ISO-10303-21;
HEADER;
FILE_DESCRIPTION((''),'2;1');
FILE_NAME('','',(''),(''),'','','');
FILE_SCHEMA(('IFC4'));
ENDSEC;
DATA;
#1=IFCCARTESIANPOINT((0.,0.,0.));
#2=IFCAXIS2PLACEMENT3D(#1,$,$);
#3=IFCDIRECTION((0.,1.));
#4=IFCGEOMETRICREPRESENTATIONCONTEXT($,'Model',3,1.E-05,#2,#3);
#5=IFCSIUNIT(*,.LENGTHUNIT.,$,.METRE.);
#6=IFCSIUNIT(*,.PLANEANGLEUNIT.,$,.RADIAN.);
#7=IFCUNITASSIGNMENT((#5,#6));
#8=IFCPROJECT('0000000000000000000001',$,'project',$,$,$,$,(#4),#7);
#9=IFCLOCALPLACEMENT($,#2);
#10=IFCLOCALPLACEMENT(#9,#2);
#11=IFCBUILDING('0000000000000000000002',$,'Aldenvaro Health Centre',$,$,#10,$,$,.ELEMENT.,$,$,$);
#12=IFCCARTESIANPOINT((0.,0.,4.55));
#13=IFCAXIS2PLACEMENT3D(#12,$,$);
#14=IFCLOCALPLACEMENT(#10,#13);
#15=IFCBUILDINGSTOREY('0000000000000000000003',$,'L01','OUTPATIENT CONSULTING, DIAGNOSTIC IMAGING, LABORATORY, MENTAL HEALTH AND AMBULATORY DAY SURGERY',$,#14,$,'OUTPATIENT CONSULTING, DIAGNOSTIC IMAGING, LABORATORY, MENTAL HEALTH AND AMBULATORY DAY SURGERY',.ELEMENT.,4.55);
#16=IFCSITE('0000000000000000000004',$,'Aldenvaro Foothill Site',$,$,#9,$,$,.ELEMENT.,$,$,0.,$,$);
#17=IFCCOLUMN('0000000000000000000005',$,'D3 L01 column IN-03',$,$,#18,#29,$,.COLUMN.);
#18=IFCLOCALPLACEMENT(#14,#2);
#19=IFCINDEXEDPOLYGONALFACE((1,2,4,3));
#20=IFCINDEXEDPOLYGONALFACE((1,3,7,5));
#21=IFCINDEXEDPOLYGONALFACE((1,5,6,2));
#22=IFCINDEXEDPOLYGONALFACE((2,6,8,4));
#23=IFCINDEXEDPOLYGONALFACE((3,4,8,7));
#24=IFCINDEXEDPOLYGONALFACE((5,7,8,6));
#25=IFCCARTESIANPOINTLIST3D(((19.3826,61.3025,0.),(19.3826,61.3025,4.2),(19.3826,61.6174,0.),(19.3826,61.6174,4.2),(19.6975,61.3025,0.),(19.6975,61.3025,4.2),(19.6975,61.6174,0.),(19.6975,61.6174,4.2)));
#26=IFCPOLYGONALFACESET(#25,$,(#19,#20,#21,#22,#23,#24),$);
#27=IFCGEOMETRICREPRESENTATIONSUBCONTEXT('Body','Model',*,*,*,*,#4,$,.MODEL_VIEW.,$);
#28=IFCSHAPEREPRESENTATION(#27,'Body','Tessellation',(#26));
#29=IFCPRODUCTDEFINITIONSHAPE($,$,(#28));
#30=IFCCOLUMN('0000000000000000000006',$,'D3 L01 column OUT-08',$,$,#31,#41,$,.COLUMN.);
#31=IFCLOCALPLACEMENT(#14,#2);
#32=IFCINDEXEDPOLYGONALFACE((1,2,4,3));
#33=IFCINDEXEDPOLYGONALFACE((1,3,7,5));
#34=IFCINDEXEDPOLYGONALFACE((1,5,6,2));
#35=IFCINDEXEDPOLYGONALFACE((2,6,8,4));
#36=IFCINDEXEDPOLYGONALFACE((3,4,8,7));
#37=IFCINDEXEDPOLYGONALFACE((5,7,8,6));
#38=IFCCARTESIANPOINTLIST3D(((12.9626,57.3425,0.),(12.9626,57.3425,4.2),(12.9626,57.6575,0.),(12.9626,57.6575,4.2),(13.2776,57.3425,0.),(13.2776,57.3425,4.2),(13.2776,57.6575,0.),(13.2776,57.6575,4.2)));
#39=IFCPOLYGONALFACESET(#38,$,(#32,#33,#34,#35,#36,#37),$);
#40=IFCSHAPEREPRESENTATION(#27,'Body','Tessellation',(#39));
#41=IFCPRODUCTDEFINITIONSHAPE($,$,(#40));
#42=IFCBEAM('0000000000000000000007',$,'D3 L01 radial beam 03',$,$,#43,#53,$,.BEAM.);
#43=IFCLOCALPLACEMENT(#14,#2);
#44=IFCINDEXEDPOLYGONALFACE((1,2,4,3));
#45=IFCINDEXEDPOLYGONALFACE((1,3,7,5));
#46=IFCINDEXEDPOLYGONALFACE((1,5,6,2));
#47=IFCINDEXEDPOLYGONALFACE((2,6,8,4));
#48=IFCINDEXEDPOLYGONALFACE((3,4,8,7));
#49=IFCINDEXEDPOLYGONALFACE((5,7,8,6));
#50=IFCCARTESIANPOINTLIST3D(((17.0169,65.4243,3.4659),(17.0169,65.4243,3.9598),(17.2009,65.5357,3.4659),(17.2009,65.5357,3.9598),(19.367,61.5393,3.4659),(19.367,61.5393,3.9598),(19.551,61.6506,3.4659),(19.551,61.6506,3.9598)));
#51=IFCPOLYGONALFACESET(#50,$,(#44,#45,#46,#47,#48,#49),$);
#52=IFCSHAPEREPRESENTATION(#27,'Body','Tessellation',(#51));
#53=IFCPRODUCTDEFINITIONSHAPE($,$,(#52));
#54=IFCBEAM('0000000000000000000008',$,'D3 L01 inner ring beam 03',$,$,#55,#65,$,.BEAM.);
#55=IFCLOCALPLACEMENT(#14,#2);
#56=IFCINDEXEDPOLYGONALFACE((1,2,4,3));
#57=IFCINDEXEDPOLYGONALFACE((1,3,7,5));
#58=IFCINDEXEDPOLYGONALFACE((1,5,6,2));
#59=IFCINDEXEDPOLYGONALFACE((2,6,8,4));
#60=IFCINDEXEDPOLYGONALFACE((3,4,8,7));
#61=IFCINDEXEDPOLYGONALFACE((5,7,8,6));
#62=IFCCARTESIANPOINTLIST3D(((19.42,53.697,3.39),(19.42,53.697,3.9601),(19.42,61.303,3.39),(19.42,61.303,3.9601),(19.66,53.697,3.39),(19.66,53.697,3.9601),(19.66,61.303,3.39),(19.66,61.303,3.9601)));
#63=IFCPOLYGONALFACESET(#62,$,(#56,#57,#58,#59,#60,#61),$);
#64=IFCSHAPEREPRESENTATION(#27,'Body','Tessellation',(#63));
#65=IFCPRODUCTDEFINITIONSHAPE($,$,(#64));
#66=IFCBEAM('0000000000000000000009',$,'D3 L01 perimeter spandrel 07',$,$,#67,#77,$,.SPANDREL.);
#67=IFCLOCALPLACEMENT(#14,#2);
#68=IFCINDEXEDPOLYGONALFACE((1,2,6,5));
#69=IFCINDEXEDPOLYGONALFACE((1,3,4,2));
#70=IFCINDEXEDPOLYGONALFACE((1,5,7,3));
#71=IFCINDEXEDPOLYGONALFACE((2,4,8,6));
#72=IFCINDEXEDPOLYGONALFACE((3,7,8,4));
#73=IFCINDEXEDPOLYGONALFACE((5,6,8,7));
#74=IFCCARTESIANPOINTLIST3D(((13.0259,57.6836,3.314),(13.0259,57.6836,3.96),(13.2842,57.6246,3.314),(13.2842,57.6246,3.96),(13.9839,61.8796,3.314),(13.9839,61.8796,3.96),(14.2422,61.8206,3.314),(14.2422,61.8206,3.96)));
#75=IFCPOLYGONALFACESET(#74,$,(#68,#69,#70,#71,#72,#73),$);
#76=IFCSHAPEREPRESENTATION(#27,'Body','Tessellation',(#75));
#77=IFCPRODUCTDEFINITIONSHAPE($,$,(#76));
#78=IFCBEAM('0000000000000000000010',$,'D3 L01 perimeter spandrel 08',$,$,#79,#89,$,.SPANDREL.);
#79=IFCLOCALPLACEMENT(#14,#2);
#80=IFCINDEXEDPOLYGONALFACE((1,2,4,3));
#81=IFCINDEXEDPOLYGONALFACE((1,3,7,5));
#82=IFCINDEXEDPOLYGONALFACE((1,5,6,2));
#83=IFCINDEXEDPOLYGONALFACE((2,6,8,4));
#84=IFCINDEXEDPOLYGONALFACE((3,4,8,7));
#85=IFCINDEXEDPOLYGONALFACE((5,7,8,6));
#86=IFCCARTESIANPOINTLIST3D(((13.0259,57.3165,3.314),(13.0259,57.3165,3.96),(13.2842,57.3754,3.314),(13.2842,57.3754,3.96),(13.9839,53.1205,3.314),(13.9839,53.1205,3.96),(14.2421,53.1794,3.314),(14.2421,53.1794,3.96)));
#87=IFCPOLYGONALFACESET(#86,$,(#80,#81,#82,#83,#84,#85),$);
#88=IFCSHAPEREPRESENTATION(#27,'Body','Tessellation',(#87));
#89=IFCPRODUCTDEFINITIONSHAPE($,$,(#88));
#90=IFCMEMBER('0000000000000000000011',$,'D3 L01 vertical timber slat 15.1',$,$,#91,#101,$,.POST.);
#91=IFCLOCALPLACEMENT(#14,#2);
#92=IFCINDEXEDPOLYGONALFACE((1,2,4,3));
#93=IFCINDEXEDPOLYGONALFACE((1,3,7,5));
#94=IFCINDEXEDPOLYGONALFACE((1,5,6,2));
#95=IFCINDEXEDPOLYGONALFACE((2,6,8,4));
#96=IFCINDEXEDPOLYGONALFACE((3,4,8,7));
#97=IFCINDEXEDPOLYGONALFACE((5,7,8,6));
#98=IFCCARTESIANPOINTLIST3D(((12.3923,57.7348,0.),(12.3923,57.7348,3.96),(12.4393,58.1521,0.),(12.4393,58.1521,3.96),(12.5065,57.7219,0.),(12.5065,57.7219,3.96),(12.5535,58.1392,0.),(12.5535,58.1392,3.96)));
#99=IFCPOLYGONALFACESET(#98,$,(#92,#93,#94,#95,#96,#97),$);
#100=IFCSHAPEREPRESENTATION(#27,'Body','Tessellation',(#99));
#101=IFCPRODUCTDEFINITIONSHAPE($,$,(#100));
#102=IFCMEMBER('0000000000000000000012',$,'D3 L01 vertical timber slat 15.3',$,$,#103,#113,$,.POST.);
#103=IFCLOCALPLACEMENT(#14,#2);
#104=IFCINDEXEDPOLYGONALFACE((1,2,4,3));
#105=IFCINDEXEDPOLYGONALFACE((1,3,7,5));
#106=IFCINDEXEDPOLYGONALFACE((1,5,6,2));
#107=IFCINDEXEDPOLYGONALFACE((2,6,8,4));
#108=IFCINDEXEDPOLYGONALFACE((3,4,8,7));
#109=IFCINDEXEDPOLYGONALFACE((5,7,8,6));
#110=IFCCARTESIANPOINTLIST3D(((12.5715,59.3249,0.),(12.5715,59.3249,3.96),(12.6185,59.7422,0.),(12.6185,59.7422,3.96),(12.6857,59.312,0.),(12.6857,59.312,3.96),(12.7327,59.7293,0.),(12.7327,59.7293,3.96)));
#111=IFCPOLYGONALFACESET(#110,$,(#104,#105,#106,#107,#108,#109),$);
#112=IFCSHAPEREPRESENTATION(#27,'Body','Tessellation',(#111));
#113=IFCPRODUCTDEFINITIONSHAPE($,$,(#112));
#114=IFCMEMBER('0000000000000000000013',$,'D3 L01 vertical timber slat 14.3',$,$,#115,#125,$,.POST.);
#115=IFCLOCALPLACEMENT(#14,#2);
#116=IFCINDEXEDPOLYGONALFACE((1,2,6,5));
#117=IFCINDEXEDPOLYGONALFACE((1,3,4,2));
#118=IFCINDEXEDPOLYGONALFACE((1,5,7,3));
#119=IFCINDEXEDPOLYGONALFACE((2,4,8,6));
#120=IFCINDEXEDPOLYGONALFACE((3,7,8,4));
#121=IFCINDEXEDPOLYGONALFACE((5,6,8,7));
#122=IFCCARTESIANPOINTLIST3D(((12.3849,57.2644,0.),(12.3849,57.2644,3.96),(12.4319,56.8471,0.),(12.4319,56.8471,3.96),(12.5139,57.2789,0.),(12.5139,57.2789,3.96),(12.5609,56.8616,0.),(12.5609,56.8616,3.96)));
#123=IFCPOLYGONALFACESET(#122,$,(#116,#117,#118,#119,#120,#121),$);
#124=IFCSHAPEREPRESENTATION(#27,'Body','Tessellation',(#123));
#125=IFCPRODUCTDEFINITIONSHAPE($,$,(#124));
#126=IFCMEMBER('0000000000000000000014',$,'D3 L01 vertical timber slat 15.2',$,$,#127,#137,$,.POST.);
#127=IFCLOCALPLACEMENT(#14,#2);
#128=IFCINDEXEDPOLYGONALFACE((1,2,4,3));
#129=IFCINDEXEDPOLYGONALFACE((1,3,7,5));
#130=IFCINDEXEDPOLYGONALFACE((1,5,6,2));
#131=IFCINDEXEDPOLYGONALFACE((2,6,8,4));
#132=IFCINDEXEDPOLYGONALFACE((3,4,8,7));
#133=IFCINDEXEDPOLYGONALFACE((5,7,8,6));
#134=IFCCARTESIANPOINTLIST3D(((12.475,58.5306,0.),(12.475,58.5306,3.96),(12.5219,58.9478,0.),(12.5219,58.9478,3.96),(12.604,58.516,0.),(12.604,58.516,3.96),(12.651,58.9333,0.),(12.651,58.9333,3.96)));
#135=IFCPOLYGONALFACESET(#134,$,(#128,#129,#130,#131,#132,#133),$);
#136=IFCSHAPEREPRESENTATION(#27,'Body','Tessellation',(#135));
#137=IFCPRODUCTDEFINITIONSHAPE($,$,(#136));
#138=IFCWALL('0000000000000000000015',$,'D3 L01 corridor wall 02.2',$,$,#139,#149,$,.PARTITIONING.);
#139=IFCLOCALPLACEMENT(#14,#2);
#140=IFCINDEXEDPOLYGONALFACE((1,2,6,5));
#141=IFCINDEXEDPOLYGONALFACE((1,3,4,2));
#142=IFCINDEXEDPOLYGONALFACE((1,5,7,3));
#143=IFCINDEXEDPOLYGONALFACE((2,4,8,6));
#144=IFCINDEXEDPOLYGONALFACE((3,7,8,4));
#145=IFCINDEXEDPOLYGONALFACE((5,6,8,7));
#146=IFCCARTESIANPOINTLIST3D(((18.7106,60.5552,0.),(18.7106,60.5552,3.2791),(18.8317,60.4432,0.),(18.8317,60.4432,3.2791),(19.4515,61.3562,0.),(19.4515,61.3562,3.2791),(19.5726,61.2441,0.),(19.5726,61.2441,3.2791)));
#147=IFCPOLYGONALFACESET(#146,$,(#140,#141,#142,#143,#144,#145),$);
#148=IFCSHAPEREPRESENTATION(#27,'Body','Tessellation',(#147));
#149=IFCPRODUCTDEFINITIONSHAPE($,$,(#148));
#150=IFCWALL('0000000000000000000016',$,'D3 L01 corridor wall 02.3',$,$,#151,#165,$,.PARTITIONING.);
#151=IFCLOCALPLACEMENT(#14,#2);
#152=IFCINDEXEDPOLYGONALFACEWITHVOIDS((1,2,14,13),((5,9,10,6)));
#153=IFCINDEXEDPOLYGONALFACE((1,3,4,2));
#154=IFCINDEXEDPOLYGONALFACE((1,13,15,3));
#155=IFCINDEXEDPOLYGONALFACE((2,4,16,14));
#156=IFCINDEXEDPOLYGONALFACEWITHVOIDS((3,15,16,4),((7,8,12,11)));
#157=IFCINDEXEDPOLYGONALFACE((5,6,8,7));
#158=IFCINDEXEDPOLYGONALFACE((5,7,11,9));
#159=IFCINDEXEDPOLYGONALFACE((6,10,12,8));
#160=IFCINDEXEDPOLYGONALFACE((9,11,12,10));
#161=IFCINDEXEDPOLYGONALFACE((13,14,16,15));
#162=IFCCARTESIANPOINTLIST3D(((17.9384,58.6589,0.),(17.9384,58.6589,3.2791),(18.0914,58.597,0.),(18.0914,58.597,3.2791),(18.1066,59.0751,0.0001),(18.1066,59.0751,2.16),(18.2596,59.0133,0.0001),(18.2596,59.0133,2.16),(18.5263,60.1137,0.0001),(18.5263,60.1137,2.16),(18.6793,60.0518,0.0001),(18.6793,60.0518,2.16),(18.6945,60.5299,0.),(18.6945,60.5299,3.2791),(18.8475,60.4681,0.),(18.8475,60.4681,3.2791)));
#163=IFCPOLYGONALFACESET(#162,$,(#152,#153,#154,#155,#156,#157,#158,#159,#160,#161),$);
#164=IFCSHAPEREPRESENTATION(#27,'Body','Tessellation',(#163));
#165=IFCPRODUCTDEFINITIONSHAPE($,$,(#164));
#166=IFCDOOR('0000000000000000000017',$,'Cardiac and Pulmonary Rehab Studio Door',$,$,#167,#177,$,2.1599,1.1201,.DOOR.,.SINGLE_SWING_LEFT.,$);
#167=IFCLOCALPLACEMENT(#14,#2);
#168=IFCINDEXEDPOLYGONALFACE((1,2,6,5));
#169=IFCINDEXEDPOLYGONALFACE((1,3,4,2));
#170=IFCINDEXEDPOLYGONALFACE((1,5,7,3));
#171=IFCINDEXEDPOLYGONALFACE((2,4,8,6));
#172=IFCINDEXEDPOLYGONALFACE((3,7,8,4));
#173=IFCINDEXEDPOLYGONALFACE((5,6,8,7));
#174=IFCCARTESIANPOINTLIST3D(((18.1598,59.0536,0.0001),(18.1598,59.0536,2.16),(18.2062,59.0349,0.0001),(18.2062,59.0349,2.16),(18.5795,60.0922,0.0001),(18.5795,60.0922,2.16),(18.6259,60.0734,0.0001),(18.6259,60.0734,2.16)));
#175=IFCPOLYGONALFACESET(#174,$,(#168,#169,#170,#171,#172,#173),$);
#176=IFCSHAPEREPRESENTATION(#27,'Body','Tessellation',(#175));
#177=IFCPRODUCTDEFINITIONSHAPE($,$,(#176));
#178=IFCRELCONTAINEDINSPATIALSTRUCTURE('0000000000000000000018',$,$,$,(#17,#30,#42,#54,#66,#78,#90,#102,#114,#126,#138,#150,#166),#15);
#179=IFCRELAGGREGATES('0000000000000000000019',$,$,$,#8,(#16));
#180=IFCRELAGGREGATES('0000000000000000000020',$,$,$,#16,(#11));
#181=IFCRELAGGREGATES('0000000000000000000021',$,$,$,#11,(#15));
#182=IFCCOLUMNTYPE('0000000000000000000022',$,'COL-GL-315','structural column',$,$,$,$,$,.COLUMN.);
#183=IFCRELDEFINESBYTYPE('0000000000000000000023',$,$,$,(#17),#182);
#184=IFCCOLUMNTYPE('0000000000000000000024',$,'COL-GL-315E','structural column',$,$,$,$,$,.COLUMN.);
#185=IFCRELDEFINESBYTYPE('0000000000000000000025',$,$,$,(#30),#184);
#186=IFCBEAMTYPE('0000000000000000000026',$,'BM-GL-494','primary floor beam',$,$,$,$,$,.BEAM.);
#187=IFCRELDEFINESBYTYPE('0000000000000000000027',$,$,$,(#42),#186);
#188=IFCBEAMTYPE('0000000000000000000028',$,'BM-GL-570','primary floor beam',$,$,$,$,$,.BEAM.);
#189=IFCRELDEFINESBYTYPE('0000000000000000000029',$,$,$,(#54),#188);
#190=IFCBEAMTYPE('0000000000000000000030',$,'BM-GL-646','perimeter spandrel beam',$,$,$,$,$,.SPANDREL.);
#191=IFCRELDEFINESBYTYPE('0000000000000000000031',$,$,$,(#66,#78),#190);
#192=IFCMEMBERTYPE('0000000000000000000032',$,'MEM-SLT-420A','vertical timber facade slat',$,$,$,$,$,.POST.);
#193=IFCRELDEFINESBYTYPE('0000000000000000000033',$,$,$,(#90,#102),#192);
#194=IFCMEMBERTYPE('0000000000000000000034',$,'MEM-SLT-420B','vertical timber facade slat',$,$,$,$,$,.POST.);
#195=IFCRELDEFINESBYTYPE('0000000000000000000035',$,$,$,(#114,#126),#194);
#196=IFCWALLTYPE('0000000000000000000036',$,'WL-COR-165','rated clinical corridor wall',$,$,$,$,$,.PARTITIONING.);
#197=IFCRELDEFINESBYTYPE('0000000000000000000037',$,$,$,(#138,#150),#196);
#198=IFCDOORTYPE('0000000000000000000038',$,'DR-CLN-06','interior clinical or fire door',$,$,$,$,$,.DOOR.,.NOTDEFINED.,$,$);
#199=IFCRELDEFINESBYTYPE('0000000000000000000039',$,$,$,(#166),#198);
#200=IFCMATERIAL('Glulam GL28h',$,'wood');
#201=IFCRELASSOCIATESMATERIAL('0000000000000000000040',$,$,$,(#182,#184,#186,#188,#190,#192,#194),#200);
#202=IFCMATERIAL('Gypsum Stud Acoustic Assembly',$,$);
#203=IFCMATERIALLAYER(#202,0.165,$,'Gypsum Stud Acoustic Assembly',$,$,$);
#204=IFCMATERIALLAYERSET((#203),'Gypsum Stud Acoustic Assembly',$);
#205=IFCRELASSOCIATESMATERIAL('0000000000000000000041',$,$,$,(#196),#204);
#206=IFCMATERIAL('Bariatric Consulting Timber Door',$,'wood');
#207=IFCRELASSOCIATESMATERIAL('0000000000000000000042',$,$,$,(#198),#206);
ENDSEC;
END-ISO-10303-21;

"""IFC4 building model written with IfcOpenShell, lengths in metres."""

from ifc_helpers import new_model, si_unit, direction, frame, frame_2d, origin, origin_2d, place, context, subcontext, project, spatial, rectangle, extrude, material, layer, layer_set, material_profile, profile_set, type_object, element, fill, save


model = new_model("IFC4")

# Units and contexts
model_context = context("Model", 3, precision=1e-05, world=origin(), true_north=direction((0.0, 1.0)))
body_context = subcontext(model_context, "Body", "Model", "MODEL_VIEW")
ifc_project = project(units=[si_unit("LENGTHUNIT", "METRE"), si_unit("PLANEANGLEUNIT", "RADIAN")], contexts=[model_context])

# Site, building, storey
site_placement = place(None, origin())
site = spatial("IfcSite", under=ifc_project, at=site_placement, Name="Aldenvaro Foothill Site", CompositionType="ELEMENT", RefElevation=0.0)
building_placement = place(site_placement, origin())
building = spatial("IfcBuilding", under=site, at=building_placement, Name="Aldenvaro Health Centre", CompositionType="ELEMENT")
storey_placement = place(building_placement, frame((0.0, 0.0, 4.55)))
storey = spatial("IfcBuildingStorey", under=building, at=storey_placement, Name="L01", Description="OUTPATIENT CONSULTING, DIAGNOSTIC IMAGING, LABORATORY, MENTAL HEALTH AND AMBULATORY DAY SURGERY", LongName="OUTPATIENT CONSULTING, DIAGNOSTIC IMAGING, LABORATORY, MENTAL HEALTH AND AMBULATORY DAY SURGERY", CompositionType="ELEMENT", Elevation=4.55)

# Columns
ifc_material_1 = material(Name="Glulam GL28h", Category="wood")
ifc_material_profile_1 = material_profile(ifc_material_1, rectangle(XDim=0.3149, YDim=0.3149, at=origin_2d()), Name="GL 315x315", Category="wood")
ifc_profile_set_1 = profile_set([ifc_material_profile_1], Name="Glulam GL28h")
column_type_1 = type_object("IfcColumnType", Name="COL-GL-315", Description="structural column", PredefinedType="COLUMN", material=ifc_profile_set_1)
column_1_placement = place(storey_placement, frame((19.54, 61.46, 0.0), z_axis=(0.0, 0.0, 1.0), x_axis=(1.0, 0.0, 0.0)))
element("IfcColumn", 1, at=column_1_placement, inside=storey, type_object=column_type_1, Name="D3 L01 column IN-03", PredefinedType="COLUMN", context=body_context, shape_type="SweptSolid", body=[
    extrude(rectangle(XDim=0.3149, YDim=0.3149, at=origin_2d()), origin(), (0.0, 0.0, 1.0), 4.2),
])
ifc_material_profile_2 = material_profile(ifc_material_1, rectangle(XDim=0.3149, YDim=0.3149, at=origin_2d()), Name="GL 315x315", Category="wood")
ifc_profile_set_2 = profile_set([ifc_material_profile_2], Name="Glulam GL28h")
column_type_2 = type_object("IfcColumnType", Name="COL-GL-315E", Description="structural column", PredefinedType="COLUMN", material=ifc_profile_set_2)
column_2_placement = place(storey_placement, frame((13.1201, 57.5, 0.0), z_axis=(0.0, 0.0, 1.0), x_axis=(1.0, 0.0, 0.0)))
element("IfcColumn", 2, at=column_2_placement, inside=storey, type_object=column_type_2, Name="D3 L01 column OUT-08", PredefinedType="COLUMN", context=body_context, shape_type="SweptSolid", body=[
    extrude(rectangle(XDim=0.3149, YDim=0.3149, at=origin_2d()), origin(), (0.0, 0.0, 1.0), 4.2),
])

# Beams
ifc_material_profile_3 = material_profile(ifc_material_1, rectangle(XDim=0.2151, YDim=0.4939, at=origin_2d()), Name="GL 215x494", Category="wood")
ifc_profile_set_3 = profile_set([ifc_material_profile_3], Name="Glulam GL28h")
beam_type_1 = type_object("IfcBeamType", Name="BM-GL-494", Description="primary floor beam", PredefinedType="BEAM", material=ifc_profile_set_3)
beam_1_placement = place(storey_placement, frame((19.459, 61.595, 3.7129), z_axis=(-0.517584, 0.855632, 0.0), x_axis=(-0.855632, -0.517584, 0.0)))
element("IfcBeam", 3, at=beam_1_placement, inside=storey, type_object=beam_type_1, Name="D3 L01 radial beam 03", PredefinedType="BEAM", context=body_context, shape_type="SweptSolid", body=[
    extrude(rectangle(XDim=0.2151, YDim=0.4939, at=origin_2d()), origin(), (0.0, 0.0, 1.0), 4.5405),
])
ifc_material_profile_4 = material_profile(ifc_material_1, rectangle(XDim=0.24, YDim=0.5701, at=origin_2d()), Name="GL 240x570", Category="wood")
ifc_profile_set_4 = profile_set([ifc_material_profile_4], Name="Glulam GL28h")
beam_type_2 = type_object("IfcBeamType", Name="BM-GL-570", Description="primary floor beam", PredefinedType="BEAM", material=ifc_profile_set_4)
beam_2_placement = place(storey_placement, frame((19.54, 61.303, 3.675), z_axis=(0.0, -1.0, 0.0), x_axis=(1.0, 0.0, 0.0)))
element("IfcBeam", 4, at=beam_2_placement, inside=storey, type_object=beam_type_2, Name="D3 L01 inner ring beam 03", PredefinedType="BEAM", context=body_context, shape_type="SweptSolid", body=[
    extrude(rectangle(XDim=0.24, YDim=0.5701, at=origin_2d()), origin(), (0.0, 0.0, 1.0), 7.606),
])
ifc_material_profile_5 = material_profile(ifc_material_1, rectangle(XDim=0.2649, YDim=0.646, at=origin_2d()), Name="GL 265x646", Category="wood")
ifc_profile_set_5 = profile_set([ifc_material_profile_5], Name="Glulam GL28h")
beam_type_3 = type_object("IfcBeamType", Name="BM-GL-646", Description="perimeter spandrel beam", PredefinedType="SPANDREL", material=ifc_profile_set_5)
for number, where, z_axis, x_axis, name in (
    (5, (14.113, 61.8501, 3.637), (-0.222585, -0.974913, 0.0), (0.974913, -0.222585, 0.0), "D3 L01 perimeter spandrel 07"),
    (6, (13.155, 57.3459, 3.637), (0.222585, -0.974913, 0.0), (0.974913, 0.222585, 0.0), "D3 L01 perimeter spandrel 08"),
):
    element("IfcBeam", number, at=place(storey_placement, frame(where, z_axis=z_axis, x_axis=x_axis)), inside=storey, type_object=beam_type_3, Name=name, PredefinedType="SPANDREL", context=body_context, shape_type="SweptSolid", body=[
        extrude(rectangle(XDim=0.2649, YDim=0.646, at=origin_2d()), origin(), (0.0, 0.0, 1.0), 4.304),
    ])

# Members
ifc_material_profile_6 = material_profile(ifc_material_1, rectangle(XDim=0.115, YDim=0.4199, at=origin_2d()), Name="GL 115x420", Category="wood")
ifc_profile_set_6 = profile_set([ifc_material_profile_6], Name="Glulam GL28h")
member_type_1 = type_object("IfcMemberType", Name="MEM-SLT-420A", Description="vertical timber facade slat", PredefinedType="POST", material=ifc_profile_set_6)
for number, where, z_axis, x_axis, name in (
    (7, (12.4729, 57.937, 0.0), (0.0, 0.0, 1.0), (-0.993723, 0.111871, 0.0), "D3 L01 vertical timber slat 15.1"),
    (8, (12.6521, 59.5271, 0.0), (0.0, 0.0, 1.0), (-0.993723, 0.111871, 0.0), "D3 L01 vertical timber slat 15.3"),
):
    element("IfcMember", number, at=place(storey_placement, frame(where, z_axis=z_axis, x_axis=x_axis)), inside=storey, type_object=member_type_1, Name=name, PredefinedType="POST", context=body_context, shape_type="SweptSolid", body=[
        extrude(rectangle(XDim=0.115, YDim=0.4199, at=origin_2d()), origin(), (0.0, 0.0, 1.0), 3.96),
    ])
ifc_material_profile_7 = material_profile(ifc_material_1, rectangle(XDim=0.1299, YDim=0.4199, at=origin_2d()), Name="GL 130x420", Category="wood")
ifc_profile_set_7 = profile_set([ifc_material_profile_7], Name="Glulam GL28h")
member_type_2 = type_object("IfcMemberType", Name="MEM-SLT-420B", Description="vertical timber facade slat", PredefinedType="POST", material=ifc_profile_set_7)
for number, where, z_axis, x_axis, name in (
    (9, (12.4729, 57.063, 0.0), (0.0, 0.0, 1.0), (-0.993723, -0.111871, 0.0), "D3 L01 vertical timber slat 14.3"),
    (10, (12.563, 58.7319, 0.0), (0.0, 0.0, 1.0), (-0.993723, 0.111871, 0.0), "D3 L01 vertical timber slat 15.2"),
):
    element("IfcMember", number, at=place(storey_placement, frame(where, z_axis=z_axis, x_axis=x_axis)), inside=storey, type_object=member_type_2, Name=name, PredefinedType="POST", context=body_context, shape_type="SweptSolid", body=[
        extrude(rectangle(XDim=0.1299, YDim=0.4199, at=origin_2d()), origin(), (0.0, 0.0, 1.0), 3.96),
    ])

# Wall
ifc_material_2 = material(Name="Gypsum Stud Acoustic Assembly")
ifc_layer_1 = layer(ifc_material_2, 0.165, Name="Gypsum Stud Acoustic Assembly")
ifc_layer_set_1 = layer_set([ifc_layer_1], Name="Gypsum Stud Acoustic Assembly")
wall_type_1 = type_object("IfcWallType", Name="WL-COR-165", Description="rated clinical corridor wall", PredefinedType="PARTITIONING", material=ifc_layer_set_1)
wall_1_placement = place(storey_placement, frame((19.512, 61.3, 0.0), z_axis=(0.0, 0.0, 1.0), x_axis=(-0.679051, -0.734091, 0.0)))
element("IfcWall", 11, at=wall_1_placement, inside=storey, type_object=wall_type_1, Name="D3 L01 corridor wall 02.2", PredefinedType="PARTITIONING", context=body_context, shape_type="SweptSolid", body=[
    extrude(rectangle(XDim=1.0911, YDim=0.165, at=frame_2d((0.5454, 0.0))), origin(), (0.0, 0.0, 1.0), 3.2791),
])

# Wall, opening, door
wall_2_placement = place(storey_placement, frame((18.771, 60.499, 0.0), z_axis=(0.0, 0.0, 1.0), x_axis=(-0.374663, -0.927161, 0.0)))
wall_2 = element("IfcWall", 12, at=wall_2_placement, inside=storey, type_object=wall_type_1, Name="D3 L01 corridor wall 02.3", PredefinedType="PARTITIONING", context=body_context, shape_type="SweptSolid", body=[
    extrude(rectangle(XDim=2.0181, YDim=0.165, at=frame_2d((1.009, 0.0))), origin(), (0.0, 0.0, 1.0), 3.2791),
])
opening_1_placement = place(wall_2_placement, frame((0.449, 0.0, 0.0)))
opening_1 = element("IfcOpeningElement", 13, at=opening_1_placement, cuts=wall_2, PredefinedType="OPENING", context=body_context, shape_type="SweptSolid", body=[
    extrude(rectangle(XDim=1.1201, YDim=2.1599, at=frame_2d((0.5601, 1.0801))), frame((0.0, 0.0925, 0.0), z_axis=(0.0, -1.0, 0.0), x_axis=(1.0, 0.0, 0.0)), (0.0, 0.0, 1.0), 0.1851),
])
ifc_material_3 = material(Name="Bariatric Consulting Timber Door", Category="wood")
door_type_1 = type_object("IfcDoorType", Name="DR-CLN-06", Description="interior clinical or fire door", OperationType="NOTDEFINED", PredefinedType="DOOR", material=ifc_material_3)
door_1_placement = place(opening_1_placement, origin())
door_1 = element("IfcDoor", 14, at=door_1_placement, inside=storey, type_object=door_type_1, Name="Cardiac and Pulmonary Rehab Studio Door", OperationType="SINGLE_SWING_LEFT", OverallHeight=2.1599, OverallWidth=1.1201, PredefinedType="DOOR", context=body_context, shape_type="SweptSolid", body=[
    extrude(rectangle(XDim=1.1201, YDim=2.1599, at=frame_2d((0.5601, 1.0801))), frame((0.0, 0.0249, 0.0), z_axis=(0.0, -1.0, 0.0), x_axis=(1.0, 0.0, 0.0)), (0.0, 0.0, 1.0), 0.05),
])
fill(opening_1, door_1)

save(model, "model.ifc")
